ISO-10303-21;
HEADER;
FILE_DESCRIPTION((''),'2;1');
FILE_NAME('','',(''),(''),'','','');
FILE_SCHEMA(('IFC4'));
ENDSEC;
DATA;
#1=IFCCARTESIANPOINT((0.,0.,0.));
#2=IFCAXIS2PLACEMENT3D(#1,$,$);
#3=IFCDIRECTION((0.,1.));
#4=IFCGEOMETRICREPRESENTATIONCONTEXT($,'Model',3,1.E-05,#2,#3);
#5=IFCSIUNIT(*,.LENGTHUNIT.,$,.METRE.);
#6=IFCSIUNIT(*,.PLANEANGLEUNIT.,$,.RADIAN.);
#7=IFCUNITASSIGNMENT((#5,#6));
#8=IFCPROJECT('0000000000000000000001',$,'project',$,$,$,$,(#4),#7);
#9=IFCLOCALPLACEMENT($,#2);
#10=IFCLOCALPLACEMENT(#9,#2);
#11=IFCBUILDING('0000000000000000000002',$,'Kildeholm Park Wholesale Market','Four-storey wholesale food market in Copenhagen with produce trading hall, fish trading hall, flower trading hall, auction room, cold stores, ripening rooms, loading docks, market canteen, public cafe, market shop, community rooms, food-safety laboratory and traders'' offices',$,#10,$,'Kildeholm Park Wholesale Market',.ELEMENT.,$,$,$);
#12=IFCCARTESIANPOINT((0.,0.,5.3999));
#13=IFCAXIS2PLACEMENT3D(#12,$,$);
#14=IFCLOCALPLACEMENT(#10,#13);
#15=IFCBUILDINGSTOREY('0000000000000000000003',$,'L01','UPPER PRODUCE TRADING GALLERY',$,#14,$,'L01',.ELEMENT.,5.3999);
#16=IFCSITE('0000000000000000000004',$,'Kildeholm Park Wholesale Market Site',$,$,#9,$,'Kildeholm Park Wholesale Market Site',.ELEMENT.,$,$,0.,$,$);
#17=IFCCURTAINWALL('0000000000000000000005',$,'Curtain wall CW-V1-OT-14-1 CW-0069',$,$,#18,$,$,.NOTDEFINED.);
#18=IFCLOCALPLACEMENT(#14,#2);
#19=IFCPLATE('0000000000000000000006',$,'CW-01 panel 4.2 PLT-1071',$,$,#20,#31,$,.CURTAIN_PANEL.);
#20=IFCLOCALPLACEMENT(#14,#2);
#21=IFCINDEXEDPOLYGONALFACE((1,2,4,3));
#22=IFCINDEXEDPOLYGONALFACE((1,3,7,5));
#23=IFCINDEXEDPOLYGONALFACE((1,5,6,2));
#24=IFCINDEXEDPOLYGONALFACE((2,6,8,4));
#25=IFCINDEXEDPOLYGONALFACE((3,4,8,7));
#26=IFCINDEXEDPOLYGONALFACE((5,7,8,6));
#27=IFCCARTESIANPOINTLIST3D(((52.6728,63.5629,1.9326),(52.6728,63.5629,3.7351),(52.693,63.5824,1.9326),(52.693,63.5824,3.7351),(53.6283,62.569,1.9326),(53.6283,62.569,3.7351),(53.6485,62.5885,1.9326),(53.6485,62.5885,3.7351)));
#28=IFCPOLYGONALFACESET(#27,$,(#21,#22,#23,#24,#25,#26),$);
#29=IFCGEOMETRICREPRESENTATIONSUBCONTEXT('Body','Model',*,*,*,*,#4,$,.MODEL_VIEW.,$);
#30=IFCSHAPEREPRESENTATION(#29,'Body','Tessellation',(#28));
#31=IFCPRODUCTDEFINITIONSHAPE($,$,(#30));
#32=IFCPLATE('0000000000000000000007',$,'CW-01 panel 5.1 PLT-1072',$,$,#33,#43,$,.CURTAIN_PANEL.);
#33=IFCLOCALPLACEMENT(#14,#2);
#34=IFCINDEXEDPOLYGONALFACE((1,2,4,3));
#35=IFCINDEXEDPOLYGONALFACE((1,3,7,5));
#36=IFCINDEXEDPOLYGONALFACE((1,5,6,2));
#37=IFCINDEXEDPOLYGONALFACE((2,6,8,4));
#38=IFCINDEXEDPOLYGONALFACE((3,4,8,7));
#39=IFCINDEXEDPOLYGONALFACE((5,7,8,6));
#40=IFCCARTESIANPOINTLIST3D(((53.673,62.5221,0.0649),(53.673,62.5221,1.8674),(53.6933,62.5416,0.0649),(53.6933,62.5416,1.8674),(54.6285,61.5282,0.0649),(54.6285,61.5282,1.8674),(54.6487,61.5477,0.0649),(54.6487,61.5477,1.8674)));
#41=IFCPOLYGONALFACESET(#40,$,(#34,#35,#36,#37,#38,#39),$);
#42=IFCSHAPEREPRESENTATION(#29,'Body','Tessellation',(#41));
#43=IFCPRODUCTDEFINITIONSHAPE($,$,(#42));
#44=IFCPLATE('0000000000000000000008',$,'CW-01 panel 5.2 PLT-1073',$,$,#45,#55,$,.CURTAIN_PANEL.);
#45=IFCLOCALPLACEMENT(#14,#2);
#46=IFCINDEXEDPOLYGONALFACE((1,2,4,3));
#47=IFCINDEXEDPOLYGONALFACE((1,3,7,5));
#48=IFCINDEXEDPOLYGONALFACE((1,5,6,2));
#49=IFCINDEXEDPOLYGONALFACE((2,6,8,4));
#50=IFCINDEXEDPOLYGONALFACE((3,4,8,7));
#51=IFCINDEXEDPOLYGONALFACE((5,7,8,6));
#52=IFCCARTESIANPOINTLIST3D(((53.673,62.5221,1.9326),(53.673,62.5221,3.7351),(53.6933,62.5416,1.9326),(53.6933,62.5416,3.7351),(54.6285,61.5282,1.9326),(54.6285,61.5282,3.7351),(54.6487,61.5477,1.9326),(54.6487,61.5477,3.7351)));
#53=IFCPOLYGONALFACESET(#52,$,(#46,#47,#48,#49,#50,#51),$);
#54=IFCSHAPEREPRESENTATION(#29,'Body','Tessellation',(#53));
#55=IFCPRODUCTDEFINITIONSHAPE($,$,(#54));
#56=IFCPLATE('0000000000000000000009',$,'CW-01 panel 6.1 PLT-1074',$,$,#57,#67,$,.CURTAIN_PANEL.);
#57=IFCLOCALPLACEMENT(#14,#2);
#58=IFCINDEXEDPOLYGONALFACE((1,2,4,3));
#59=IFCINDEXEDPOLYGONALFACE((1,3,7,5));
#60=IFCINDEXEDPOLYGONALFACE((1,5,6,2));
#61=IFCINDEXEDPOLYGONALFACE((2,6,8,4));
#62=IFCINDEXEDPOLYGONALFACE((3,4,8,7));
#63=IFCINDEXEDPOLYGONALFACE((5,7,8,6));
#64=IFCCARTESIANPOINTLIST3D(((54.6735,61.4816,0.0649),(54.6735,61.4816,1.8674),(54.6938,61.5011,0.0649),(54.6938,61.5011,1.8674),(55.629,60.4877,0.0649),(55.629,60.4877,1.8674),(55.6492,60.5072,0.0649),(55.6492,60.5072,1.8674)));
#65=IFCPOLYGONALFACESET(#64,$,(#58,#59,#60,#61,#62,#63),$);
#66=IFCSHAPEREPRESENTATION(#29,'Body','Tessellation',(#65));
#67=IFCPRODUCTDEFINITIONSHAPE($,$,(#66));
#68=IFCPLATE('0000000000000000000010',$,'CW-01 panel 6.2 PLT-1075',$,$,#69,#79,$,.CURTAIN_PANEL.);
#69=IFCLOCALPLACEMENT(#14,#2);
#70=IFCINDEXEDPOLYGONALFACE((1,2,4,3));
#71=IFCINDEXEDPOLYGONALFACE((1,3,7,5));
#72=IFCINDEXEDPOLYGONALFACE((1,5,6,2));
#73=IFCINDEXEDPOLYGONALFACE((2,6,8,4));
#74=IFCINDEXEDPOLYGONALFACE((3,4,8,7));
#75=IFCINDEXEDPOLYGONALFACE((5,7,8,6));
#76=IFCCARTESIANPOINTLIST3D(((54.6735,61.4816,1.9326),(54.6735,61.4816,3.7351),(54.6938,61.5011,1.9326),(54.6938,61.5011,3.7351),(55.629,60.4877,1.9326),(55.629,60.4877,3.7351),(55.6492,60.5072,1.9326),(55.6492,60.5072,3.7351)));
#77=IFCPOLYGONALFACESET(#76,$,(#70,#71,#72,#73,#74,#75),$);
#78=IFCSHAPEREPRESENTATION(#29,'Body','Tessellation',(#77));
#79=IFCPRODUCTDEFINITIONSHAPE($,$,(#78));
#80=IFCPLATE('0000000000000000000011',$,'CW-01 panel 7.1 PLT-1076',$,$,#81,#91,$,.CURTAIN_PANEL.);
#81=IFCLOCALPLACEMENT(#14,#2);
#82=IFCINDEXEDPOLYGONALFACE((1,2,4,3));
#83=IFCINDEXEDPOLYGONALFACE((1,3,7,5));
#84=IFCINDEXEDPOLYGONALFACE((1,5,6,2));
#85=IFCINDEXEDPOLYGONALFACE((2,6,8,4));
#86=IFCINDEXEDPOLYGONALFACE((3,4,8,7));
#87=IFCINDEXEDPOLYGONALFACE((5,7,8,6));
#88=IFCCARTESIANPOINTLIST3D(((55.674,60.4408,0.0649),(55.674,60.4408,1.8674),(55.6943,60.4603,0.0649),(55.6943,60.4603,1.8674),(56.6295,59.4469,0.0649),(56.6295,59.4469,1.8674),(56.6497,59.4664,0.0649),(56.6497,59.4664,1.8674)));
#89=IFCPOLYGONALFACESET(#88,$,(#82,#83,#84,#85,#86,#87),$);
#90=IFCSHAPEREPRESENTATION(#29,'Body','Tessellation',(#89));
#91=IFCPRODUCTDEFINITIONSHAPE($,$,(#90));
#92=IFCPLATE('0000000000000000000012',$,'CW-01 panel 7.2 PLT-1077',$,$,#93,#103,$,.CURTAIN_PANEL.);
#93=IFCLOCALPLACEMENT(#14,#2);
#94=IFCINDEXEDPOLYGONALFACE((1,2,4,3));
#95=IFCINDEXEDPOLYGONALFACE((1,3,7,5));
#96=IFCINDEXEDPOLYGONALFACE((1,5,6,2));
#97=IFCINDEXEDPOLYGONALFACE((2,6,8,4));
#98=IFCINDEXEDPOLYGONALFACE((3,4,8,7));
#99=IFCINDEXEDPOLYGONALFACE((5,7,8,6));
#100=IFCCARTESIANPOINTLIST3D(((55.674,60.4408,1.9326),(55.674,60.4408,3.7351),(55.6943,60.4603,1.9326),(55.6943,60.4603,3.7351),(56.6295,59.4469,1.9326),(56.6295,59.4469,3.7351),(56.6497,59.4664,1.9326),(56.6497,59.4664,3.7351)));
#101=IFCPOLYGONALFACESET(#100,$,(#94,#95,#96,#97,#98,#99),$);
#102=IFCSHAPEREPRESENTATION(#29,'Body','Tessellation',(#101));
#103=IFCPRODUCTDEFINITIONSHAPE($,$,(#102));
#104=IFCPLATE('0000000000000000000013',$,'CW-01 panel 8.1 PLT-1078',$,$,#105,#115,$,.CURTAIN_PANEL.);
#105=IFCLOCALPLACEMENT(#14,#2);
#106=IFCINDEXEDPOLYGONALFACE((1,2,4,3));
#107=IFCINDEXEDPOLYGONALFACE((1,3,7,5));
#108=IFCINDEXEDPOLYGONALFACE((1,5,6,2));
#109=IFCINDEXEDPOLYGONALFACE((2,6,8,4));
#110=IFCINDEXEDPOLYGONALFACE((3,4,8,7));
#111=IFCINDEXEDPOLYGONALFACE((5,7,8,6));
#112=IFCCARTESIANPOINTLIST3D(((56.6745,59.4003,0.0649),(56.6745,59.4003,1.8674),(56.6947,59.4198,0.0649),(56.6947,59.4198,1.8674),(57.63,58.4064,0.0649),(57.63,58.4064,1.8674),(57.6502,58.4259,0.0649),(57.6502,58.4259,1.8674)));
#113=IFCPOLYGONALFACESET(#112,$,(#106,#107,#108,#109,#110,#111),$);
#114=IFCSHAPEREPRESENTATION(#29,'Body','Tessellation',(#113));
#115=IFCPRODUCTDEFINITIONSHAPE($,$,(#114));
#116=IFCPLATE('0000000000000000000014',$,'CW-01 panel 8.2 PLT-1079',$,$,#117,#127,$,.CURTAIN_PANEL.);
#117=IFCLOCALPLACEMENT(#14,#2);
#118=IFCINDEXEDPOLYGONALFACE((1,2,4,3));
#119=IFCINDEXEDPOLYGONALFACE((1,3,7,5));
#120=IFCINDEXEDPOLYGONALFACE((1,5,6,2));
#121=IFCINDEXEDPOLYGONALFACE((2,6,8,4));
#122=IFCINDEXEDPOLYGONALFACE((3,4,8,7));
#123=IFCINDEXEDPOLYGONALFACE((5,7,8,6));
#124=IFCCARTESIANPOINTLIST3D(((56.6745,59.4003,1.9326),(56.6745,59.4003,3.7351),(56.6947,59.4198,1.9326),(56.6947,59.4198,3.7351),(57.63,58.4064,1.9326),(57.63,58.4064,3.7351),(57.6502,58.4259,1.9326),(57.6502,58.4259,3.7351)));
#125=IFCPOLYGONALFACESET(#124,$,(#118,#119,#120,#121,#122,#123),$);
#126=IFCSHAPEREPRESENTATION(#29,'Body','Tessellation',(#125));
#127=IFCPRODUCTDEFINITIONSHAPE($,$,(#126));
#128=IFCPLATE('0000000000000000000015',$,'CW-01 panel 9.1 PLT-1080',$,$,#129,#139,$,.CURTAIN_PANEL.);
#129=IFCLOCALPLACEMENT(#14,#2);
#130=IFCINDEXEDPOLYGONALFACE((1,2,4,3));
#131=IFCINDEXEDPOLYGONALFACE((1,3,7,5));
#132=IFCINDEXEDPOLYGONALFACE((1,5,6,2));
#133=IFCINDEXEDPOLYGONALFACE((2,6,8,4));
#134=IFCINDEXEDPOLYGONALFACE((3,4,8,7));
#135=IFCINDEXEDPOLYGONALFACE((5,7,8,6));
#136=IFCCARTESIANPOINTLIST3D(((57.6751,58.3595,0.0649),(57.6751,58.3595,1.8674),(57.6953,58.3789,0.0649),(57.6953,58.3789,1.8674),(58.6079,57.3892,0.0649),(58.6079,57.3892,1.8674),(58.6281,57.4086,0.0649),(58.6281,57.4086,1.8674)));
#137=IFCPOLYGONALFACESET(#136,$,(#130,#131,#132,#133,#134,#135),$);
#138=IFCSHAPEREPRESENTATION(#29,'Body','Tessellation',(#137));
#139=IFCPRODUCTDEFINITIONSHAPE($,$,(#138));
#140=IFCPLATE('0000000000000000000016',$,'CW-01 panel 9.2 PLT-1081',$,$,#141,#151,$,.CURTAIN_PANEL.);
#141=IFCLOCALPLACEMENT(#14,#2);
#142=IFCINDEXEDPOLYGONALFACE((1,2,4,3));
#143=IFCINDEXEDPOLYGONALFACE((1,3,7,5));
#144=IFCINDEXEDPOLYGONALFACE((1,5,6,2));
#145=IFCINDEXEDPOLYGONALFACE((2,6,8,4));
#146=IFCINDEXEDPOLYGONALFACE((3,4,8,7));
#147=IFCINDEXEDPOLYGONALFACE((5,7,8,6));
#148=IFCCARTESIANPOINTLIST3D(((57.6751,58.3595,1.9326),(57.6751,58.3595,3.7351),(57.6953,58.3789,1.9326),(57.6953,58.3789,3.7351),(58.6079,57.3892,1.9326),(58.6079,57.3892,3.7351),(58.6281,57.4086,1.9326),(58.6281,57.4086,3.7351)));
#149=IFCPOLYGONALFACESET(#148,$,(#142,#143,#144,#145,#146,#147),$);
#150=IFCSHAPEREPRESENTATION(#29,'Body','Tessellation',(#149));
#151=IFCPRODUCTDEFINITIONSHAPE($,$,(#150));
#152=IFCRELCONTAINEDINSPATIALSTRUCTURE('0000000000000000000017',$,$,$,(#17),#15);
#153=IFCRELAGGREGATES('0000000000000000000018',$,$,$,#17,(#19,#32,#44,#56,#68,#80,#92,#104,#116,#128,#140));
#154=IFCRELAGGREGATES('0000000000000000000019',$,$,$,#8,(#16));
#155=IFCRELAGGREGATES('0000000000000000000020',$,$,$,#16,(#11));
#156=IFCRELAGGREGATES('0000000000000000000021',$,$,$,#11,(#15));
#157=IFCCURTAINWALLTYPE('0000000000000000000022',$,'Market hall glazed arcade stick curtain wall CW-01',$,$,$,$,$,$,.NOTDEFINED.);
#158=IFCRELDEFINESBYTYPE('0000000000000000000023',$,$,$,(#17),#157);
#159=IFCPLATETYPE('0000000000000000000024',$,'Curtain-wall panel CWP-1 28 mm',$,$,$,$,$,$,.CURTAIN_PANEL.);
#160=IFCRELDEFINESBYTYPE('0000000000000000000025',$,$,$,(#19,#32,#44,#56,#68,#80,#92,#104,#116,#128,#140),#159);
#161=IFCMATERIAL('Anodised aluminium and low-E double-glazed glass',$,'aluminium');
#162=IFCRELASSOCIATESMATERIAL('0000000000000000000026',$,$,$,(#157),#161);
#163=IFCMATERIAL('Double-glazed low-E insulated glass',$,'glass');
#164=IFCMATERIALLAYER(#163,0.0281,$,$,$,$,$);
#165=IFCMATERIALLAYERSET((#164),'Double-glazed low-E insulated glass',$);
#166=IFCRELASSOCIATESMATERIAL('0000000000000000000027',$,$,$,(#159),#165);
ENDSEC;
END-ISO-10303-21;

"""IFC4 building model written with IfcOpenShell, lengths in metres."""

from ifc_helpers import new_model, si_unit, direction, frame, origin, origin_2d, place, context, subcontext, project, spatial, rectangle, extrude, material, layer, layer_set, type_object, element, aggregate, save


model = new_model("IFC4")

# Units and contexts
model_context = context("Model", 3, precision=1e-05, world=origin(), true_north=direction((0.0, 1.0)))
body_context = subcontext(model_context, "Body", "Model", "MODEL_VIEW")
ifc_project = project(units=[si_unit("LENGTHUNIT", "METRE"), si_unit("PLANEANGLEUNIT", "RADIAN")], contexts=[model_context])

# Site, building, storey
site_placement = place(None, origin())
site = spatial("IfcSite", under=ifc_project, at=site_placement, Name="Kildeholm Park Wholesale Market Site", LongName="Kildeholm Park Wholesale Market Site", CompositionType="ELEMENT", RefElevation=0.0)
building_placement = place(site_placement, origin())
building = spatial("IfcBuilding", under=site, at=building_placement, Name="Kildeholm Park Wholesale Market", Description="Four-storey wholesale food market in Copenhagen with produce trading hall, fish trading hall, flower trading hall, auction room, cold stores, ripening rooms, loading docks, market canteen, public cafe, market shop, community rooms, food-safety laboratory and traders' offices", LongName="Kildeholm Park Wholesale Market", CompositionType="ELEMENT")
storey_placement = place(building_placement, frame((0.0, 0.0, 5.3999)))
storey = spatial("IfcBuildingStorey", under=building, at=storey_placement, Name="L01", Description="UPPER PRODUCE TRADING GALLERY", LongName="L01", CompositionType="ELEMENT", Elevation=5.3999)

# Curtain wall, plates
ifc_material_1 = material(Name="Anodised aluminium and low-E double-glazed glass", Category="aluminium")
curtain_wall_type = type_object("IfcCurtainWallType", Name="Market hall glazed arcade stick curtain wall CW-01", PredefinedType="NOTDEFINED", material=ifc_material_1)
curtain_wall_placement = place(storey_placement, origin())
curtain_wall = element("IfcCurtainWall", 1, at=curtain_wall_placement, inside=storey, type_object=curtain_wall_type, Name="Curtain wall CW-V1-OT-14-1 CW-0069", PredefinedType="NOTDEFINED")
ifc_material_2 = material(Name="Double-glazed low-E insulated glass", Category="glass")
ifc_layer = layer(ifc_material_2, 0.0281)
ifc_layer_set = layer_set([ifc_layer], Name="Double-glazed low-E insulated glass")
plate_type = type_object("IfcPlateType", Name="Curtain-wall panel CWP-1 28 mm", PredefinedType="CURTAIN_PANEL", material=ifc_layer_set)
plate_1_placement = place(storey_placement, frame((53.1606, 63.0757, 1.9326), z_axis=(0.0, 0.0, 1.0), x_axis=(0.693038, -0.720901, 0.0)))
plate_1 = element("IfcPlate", 2, at=plate_1_placement, type_object=plate_type, Name="CW-01 panel 4.2 PLT-1071", PredefinedType="CURTAIN_PANEL", context=body_context, shape_type="SweptSolid", body=[
    extrude(rectangle(XDim=1.3787, YDim=0.0281, at=origin_2d()), origin(), (0.0, 0.0, 1.0), 1.8025),
])
plate_2_placement = place(storey_placement, frame((54.1609, 62.0349, 0.0649), z_axis=(0.0, 0.0, 1.0), x_axis=(0.693038, -0.720901, 0.0)))
plate_2 = element("IfcPlate", 3, at=plate_2_placement, type_object=plate_type, Name="CW-01 panel 5.1 PLT-1072", PredefinedType="CURTAIN_PANEL", context=body_context, shape_type="SweptSolid", body=[
    extrude(rectangle(XDim=1.3787, YDim=0.0281, at=origin_2d()), origin(), (0.0, 0.0, 1.0), 1.8025),
])
plate_3_placement = place(storey_placement, frame((54.1609, 62.0349, 1.9326), z_axis=(0.0, 0.0, 1.0), x_axis=(0.693038, -0.720901, 0.0)))
plate_3 = element("IfcPlate", 4, at=plate_3_placement, type_object=plate_type, Name="CW-01 panel 5.2 PLT-1073", PredefinedType="CURTAIN_PANEL", context=body_context, shape_type="SweptSolid", body=[
    extrude(rectangle(XDim=1.3787, YDim=0.0281, at=origin_2d()), origin(), (0.0, 0.0, 1.0), 1.8025),
])
plate_4_placement = place(storey_placement, frame((55.1614, 60.9944, 0.0649), z_axis=(0.0, 0.0, 1.0), x_axis=(0.693038, -0.720901, 0.0)))
plate_4 = element("IfcPlate", 5, at=plate_4_placement, type_object=plate_type, Name="CW-01 panel 6.1 PLT-1074", PredefinedType="CURTAIN_PANEL", context=body_context, shape_type="SweptSolid", body=[
    extrude(rectangle(XDim=1.3787, YDim=0.0281, at=origin_2d()), origin(), (0.0, 0.0, 1.0), 1.8025),
])
plate_5_placement = place(storey_placement, frame((55.1614, 60.9944, 1.9326), z_axis=(0.0, 0.0, 1.0), x_axis=(0.693038, -0.720901, 0.0)))
plate_5 = element("IfcPlate", 6, at=plate_5_placement, type_object=plate_type, Name="CW-01 panel 6.2 PLT-1075", PredefinedType="CURTAIN_PANEL", context=body_context, shape_type="SweptSolid", body=[
    extrude(rectangle(XDim=1.3787, YDim=0.0281, at=origin_2d()), origin(), (0.0, 0.0, 1.0), 1.8025),
])
plate_6_placement = place(storey_placement, frame((56.1619, 59.9536, 0.0649), z_axis=(0.0, 0.0, 1.0), x_axis=(0.693038, -0.720901, 0.0)))
plate_6 = element("IfcPlate", 7, at=plate_6_placement, type_object=plate_type, Name="CW-01 panel 7.1 PLT-1076", PredefinedType="CURTAIN_PANEL", context=body_context, shape_type="SweptSolid", body=[
    extrude(rectangle(XDim=1.3787, YDim=0.0281, at=origin_2d()), origin(), (0.0, 0.0, 1.0), 1.8025),
])
plate_7_placement = place(storey_placement, frame((56.1619, 59.9536, 1.9326), z_axis=(0.0, 0.0, 1.0), x_axis=(0.693038, -0.720901, 0.0)))
plate_7 = element("IfcPlate", 8, at=plate_7_placement, type_object=plate_type, Name="CW-01 panel 7.2 PLT-1077", PredefinedType="CURTAIN_PANEL", context=body_context, shape_type="SweptSolid", body=[
    extrude(rectangle(XDim=1.3787, YDim=0.0281, at=origin_2d()), origin(), (0.0, 0.0, 1.0), 1.8025),
])
plate_8_placement = place(storey_placement, frame((57.1624, 58.9131, 0.0649), z_axis=(0.0, 0.0, 1.0), x_axis=(0.693038, -0.720901, 0.0)))
plate_8 = element("IfcPlate", 9, at=plate_8_placement, type_object=plate_type, Name="CW-01 panel 8.1 PLT-1078", PredefinedType="CURTAIN_PANEL", context=body_context, shape_type="SweptSolid", body=[
    extrude(rectangle(XDim=1.3787, YDim=0.0281, at=origin_2d()), origin(), (0.0, 0.0, 1.0), 1.8025),
])
plate_9_placement = place(storey_placement, frame((57.1624, 58.9131, 1.9326), z_axis=(0.0, 0.0, 1.0), x_axis=(0.693038, -0.720901, 0.0)))
plate_9 = element("IfcPlate", 10, at=plate_9_placement, type_object=plate_type, Name="CW-01 panel 8.2 PLT-1079", PredefinedType="CURTAIN_PANEL", context=body_context, shape_type="SweptSolid", body=[
    extrude(rectangle(XDim=1.3787, YDim=0.0281, at=origin_2d()), origin(), (0.0, 0.0, 1.0), 1.8025),
])
plate_10_placement = place(storey_placement, frame((58.1516, 57.884, 0.0649), z_axis=(0.0, 0.0, 1.0), x_axis=(0.693038, -0.720901, 0.0)))
plate_10 = element("IfcPlate", 11, at=plate_10_placement, type_object=plate_type, Name="CW-01 panel 9.1 PLT-1080", PredefinedType="CURTAIN_PANEL", context=body_context, shape_type="SweptSolid", body=[
    extrude(rectangle(XDim=1.3459, YDim=0.0281, at=origin_2d()), origin(), (0.0, 0.0, 1.0), 1.8025),
])
plate_11_placement = place(storey_placement, frame((58.1516, 57.884, 1.9326), z_axis=(0.0, 0.0, 1.0), x_axis=(0.693038, -0.720901, 0.0)))
plate_11 = element("IfcPlate", 12, at=plate_11_placement, type_object=plate_type, Name="CW-01 panel 9.2 PLT-1081", PredefinedType="CURTAIN_PANEL", context=body_context, shape_type="SweptSolid", body=[
    extrude(rectangle(XDim=1.3459, YDim=0.0281, at=origin_2d()), origin(), (0.0, 0.0, 1.0), 1.8025),
])
aggregate(curtain_wall, [plate_1, plate_2, plate_3, plate_4, plate_5, plate_6, plate_7, plate_8, plate_9, plate_10, plate_11])

save(model, "model.ifc")
